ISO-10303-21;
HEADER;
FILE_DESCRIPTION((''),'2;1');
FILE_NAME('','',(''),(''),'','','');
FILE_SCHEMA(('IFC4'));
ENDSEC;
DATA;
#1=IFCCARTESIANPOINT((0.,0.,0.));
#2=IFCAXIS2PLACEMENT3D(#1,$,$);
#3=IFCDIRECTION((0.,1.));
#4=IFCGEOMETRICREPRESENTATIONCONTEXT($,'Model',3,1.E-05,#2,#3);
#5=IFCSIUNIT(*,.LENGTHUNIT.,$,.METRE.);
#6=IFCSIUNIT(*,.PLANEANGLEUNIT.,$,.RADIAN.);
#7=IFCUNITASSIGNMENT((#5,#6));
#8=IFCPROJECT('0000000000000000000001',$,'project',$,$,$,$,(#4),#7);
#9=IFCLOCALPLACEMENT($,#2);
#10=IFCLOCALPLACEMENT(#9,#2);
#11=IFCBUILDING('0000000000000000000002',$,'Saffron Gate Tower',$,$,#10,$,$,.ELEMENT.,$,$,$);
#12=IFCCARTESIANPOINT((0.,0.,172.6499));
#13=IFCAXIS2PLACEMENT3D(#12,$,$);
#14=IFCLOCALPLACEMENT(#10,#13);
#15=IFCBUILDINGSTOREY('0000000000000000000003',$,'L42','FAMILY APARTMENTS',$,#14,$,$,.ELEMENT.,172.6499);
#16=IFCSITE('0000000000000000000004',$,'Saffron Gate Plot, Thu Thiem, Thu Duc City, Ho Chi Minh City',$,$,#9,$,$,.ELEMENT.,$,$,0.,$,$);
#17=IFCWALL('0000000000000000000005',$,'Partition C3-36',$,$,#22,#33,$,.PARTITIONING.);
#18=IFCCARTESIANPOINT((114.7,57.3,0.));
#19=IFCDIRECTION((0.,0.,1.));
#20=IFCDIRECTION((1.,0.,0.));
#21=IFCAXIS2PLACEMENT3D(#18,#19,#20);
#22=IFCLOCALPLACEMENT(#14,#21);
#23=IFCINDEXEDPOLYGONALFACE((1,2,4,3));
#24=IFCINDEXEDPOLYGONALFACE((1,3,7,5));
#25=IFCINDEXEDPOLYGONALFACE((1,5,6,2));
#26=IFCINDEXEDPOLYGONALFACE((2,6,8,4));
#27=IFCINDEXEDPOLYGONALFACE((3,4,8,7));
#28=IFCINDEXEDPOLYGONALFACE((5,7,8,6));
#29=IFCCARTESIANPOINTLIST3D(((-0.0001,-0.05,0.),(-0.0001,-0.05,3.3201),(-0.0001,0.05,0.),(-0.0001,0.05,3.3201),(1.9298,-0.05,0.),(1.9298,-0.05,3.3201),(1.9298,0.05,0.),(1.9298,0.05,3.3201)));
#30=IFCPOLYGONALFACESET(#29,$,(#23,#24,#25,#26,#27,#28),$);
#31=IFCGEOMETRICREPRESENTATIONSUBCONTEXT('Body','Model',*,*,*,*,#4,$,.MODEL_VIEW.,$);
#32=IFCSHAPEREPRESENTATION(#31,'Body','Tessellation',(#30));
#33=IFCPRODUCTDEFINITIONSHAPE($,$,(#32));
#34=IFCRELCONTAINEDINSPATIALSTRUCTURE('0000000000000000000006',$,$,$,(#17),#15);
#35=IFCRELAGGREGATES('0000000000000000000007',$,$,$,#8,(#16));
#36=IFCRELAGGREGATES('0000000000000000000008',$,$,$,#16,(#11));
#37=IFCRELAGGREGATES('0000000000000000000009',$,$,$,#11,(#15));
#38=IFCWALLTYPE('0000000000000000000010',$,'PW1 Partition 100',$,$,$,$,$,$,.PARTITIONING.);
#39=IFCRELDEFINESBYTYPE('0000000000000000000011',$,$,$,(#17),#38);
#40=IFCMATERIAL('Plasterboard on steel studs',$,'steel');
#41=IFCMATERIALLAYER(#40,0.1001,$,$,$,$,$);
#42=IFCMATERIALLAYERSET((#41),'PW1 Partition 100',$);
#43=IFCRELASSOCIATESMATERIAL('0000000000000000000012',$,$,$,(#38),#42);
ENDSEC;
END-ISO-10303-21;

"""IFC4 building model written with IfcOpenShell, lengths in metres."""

from ifc_helpers import new_model, si_unit, direction, frame, frame_2d, origin, place, context, subcontext, project, spatial, rectangle, extrude, material, layer, layer_set, type_object, element, save


model = new_model("IFC4")

# Units and contexts
model_context = context("Model", 3, precision=1e-05, world=origin(), true_north=direction((0.0, 1.0)))
body_context = subcontext(model_context, "Body", "Model", "MODEL_VIEW")
ifc_project = project(units=[si_unit("LENGTHUNIT", "METRE"), si_unit("PLANEANGLEUNIT", "RADIAN")], contexts=[model_context])

# Site, building, storey
site_placement = place(None, origin())
site = spatial("IfcSite", under=ifc_project, at=site_placement, Name="Saffron Gate Plot, Thu Thiem, Thu Duc City, Ho Chi Minh City", CompositionType="ELEMENT", RefElevation=0.0)
building_placement = place(site_placement, origin())
building = spatial("IfcBuilding", under=site, at=building_placement, Name="Saffron Gate Tower", CompositionType="ELEMENT")
storey_placement = place(building_placement, frame((0.0, 0.0, 172.6499)))
storey = spatial("IfcBuildingStorey", under=building, at=storey_placement, Name="L42", Description="FAMILY APARTMENTS", CompositionType="ELEMENT", Elevation=172.6499)

# Wall
ifc_material_1 = material(Name="Plasterboard on steel studs", Category="steel")
ifc_layer_1 = layer(ifc_material_1, 0.1001)
ifc_layer_set_1 = layer_set([ifc_layer_1], Name="PW1 Partition 100")
wall_type_1 = type_object("IfcWallType", Name="PW1 Partition 100", PredefinedType="PARTITIONING", material=ifc_layer_set_1)
wall_1_placement = place(storey_placement, frame((114.7, 57.3, 0.0), z_axis=(0.0, 0.0, 1.0), x_axis=(1.0, 0.0, 0.0)))
element("IfcWall", 1, at=wall_1_placement, inside=storey, type_object=wall_type_1, Name="Partition C3-36", PredefinedType="PARTITIONING", context=body_context, shape_type="SweptSolid", body=[
    extrude(rectangle(XDim=1.9299, YDim=0.1001, at=frame_2d((0.9648, 0.0))), origin(), (0.0, 0.0, 1.0), 3.3201),
])

save(model, "model.ifc")
